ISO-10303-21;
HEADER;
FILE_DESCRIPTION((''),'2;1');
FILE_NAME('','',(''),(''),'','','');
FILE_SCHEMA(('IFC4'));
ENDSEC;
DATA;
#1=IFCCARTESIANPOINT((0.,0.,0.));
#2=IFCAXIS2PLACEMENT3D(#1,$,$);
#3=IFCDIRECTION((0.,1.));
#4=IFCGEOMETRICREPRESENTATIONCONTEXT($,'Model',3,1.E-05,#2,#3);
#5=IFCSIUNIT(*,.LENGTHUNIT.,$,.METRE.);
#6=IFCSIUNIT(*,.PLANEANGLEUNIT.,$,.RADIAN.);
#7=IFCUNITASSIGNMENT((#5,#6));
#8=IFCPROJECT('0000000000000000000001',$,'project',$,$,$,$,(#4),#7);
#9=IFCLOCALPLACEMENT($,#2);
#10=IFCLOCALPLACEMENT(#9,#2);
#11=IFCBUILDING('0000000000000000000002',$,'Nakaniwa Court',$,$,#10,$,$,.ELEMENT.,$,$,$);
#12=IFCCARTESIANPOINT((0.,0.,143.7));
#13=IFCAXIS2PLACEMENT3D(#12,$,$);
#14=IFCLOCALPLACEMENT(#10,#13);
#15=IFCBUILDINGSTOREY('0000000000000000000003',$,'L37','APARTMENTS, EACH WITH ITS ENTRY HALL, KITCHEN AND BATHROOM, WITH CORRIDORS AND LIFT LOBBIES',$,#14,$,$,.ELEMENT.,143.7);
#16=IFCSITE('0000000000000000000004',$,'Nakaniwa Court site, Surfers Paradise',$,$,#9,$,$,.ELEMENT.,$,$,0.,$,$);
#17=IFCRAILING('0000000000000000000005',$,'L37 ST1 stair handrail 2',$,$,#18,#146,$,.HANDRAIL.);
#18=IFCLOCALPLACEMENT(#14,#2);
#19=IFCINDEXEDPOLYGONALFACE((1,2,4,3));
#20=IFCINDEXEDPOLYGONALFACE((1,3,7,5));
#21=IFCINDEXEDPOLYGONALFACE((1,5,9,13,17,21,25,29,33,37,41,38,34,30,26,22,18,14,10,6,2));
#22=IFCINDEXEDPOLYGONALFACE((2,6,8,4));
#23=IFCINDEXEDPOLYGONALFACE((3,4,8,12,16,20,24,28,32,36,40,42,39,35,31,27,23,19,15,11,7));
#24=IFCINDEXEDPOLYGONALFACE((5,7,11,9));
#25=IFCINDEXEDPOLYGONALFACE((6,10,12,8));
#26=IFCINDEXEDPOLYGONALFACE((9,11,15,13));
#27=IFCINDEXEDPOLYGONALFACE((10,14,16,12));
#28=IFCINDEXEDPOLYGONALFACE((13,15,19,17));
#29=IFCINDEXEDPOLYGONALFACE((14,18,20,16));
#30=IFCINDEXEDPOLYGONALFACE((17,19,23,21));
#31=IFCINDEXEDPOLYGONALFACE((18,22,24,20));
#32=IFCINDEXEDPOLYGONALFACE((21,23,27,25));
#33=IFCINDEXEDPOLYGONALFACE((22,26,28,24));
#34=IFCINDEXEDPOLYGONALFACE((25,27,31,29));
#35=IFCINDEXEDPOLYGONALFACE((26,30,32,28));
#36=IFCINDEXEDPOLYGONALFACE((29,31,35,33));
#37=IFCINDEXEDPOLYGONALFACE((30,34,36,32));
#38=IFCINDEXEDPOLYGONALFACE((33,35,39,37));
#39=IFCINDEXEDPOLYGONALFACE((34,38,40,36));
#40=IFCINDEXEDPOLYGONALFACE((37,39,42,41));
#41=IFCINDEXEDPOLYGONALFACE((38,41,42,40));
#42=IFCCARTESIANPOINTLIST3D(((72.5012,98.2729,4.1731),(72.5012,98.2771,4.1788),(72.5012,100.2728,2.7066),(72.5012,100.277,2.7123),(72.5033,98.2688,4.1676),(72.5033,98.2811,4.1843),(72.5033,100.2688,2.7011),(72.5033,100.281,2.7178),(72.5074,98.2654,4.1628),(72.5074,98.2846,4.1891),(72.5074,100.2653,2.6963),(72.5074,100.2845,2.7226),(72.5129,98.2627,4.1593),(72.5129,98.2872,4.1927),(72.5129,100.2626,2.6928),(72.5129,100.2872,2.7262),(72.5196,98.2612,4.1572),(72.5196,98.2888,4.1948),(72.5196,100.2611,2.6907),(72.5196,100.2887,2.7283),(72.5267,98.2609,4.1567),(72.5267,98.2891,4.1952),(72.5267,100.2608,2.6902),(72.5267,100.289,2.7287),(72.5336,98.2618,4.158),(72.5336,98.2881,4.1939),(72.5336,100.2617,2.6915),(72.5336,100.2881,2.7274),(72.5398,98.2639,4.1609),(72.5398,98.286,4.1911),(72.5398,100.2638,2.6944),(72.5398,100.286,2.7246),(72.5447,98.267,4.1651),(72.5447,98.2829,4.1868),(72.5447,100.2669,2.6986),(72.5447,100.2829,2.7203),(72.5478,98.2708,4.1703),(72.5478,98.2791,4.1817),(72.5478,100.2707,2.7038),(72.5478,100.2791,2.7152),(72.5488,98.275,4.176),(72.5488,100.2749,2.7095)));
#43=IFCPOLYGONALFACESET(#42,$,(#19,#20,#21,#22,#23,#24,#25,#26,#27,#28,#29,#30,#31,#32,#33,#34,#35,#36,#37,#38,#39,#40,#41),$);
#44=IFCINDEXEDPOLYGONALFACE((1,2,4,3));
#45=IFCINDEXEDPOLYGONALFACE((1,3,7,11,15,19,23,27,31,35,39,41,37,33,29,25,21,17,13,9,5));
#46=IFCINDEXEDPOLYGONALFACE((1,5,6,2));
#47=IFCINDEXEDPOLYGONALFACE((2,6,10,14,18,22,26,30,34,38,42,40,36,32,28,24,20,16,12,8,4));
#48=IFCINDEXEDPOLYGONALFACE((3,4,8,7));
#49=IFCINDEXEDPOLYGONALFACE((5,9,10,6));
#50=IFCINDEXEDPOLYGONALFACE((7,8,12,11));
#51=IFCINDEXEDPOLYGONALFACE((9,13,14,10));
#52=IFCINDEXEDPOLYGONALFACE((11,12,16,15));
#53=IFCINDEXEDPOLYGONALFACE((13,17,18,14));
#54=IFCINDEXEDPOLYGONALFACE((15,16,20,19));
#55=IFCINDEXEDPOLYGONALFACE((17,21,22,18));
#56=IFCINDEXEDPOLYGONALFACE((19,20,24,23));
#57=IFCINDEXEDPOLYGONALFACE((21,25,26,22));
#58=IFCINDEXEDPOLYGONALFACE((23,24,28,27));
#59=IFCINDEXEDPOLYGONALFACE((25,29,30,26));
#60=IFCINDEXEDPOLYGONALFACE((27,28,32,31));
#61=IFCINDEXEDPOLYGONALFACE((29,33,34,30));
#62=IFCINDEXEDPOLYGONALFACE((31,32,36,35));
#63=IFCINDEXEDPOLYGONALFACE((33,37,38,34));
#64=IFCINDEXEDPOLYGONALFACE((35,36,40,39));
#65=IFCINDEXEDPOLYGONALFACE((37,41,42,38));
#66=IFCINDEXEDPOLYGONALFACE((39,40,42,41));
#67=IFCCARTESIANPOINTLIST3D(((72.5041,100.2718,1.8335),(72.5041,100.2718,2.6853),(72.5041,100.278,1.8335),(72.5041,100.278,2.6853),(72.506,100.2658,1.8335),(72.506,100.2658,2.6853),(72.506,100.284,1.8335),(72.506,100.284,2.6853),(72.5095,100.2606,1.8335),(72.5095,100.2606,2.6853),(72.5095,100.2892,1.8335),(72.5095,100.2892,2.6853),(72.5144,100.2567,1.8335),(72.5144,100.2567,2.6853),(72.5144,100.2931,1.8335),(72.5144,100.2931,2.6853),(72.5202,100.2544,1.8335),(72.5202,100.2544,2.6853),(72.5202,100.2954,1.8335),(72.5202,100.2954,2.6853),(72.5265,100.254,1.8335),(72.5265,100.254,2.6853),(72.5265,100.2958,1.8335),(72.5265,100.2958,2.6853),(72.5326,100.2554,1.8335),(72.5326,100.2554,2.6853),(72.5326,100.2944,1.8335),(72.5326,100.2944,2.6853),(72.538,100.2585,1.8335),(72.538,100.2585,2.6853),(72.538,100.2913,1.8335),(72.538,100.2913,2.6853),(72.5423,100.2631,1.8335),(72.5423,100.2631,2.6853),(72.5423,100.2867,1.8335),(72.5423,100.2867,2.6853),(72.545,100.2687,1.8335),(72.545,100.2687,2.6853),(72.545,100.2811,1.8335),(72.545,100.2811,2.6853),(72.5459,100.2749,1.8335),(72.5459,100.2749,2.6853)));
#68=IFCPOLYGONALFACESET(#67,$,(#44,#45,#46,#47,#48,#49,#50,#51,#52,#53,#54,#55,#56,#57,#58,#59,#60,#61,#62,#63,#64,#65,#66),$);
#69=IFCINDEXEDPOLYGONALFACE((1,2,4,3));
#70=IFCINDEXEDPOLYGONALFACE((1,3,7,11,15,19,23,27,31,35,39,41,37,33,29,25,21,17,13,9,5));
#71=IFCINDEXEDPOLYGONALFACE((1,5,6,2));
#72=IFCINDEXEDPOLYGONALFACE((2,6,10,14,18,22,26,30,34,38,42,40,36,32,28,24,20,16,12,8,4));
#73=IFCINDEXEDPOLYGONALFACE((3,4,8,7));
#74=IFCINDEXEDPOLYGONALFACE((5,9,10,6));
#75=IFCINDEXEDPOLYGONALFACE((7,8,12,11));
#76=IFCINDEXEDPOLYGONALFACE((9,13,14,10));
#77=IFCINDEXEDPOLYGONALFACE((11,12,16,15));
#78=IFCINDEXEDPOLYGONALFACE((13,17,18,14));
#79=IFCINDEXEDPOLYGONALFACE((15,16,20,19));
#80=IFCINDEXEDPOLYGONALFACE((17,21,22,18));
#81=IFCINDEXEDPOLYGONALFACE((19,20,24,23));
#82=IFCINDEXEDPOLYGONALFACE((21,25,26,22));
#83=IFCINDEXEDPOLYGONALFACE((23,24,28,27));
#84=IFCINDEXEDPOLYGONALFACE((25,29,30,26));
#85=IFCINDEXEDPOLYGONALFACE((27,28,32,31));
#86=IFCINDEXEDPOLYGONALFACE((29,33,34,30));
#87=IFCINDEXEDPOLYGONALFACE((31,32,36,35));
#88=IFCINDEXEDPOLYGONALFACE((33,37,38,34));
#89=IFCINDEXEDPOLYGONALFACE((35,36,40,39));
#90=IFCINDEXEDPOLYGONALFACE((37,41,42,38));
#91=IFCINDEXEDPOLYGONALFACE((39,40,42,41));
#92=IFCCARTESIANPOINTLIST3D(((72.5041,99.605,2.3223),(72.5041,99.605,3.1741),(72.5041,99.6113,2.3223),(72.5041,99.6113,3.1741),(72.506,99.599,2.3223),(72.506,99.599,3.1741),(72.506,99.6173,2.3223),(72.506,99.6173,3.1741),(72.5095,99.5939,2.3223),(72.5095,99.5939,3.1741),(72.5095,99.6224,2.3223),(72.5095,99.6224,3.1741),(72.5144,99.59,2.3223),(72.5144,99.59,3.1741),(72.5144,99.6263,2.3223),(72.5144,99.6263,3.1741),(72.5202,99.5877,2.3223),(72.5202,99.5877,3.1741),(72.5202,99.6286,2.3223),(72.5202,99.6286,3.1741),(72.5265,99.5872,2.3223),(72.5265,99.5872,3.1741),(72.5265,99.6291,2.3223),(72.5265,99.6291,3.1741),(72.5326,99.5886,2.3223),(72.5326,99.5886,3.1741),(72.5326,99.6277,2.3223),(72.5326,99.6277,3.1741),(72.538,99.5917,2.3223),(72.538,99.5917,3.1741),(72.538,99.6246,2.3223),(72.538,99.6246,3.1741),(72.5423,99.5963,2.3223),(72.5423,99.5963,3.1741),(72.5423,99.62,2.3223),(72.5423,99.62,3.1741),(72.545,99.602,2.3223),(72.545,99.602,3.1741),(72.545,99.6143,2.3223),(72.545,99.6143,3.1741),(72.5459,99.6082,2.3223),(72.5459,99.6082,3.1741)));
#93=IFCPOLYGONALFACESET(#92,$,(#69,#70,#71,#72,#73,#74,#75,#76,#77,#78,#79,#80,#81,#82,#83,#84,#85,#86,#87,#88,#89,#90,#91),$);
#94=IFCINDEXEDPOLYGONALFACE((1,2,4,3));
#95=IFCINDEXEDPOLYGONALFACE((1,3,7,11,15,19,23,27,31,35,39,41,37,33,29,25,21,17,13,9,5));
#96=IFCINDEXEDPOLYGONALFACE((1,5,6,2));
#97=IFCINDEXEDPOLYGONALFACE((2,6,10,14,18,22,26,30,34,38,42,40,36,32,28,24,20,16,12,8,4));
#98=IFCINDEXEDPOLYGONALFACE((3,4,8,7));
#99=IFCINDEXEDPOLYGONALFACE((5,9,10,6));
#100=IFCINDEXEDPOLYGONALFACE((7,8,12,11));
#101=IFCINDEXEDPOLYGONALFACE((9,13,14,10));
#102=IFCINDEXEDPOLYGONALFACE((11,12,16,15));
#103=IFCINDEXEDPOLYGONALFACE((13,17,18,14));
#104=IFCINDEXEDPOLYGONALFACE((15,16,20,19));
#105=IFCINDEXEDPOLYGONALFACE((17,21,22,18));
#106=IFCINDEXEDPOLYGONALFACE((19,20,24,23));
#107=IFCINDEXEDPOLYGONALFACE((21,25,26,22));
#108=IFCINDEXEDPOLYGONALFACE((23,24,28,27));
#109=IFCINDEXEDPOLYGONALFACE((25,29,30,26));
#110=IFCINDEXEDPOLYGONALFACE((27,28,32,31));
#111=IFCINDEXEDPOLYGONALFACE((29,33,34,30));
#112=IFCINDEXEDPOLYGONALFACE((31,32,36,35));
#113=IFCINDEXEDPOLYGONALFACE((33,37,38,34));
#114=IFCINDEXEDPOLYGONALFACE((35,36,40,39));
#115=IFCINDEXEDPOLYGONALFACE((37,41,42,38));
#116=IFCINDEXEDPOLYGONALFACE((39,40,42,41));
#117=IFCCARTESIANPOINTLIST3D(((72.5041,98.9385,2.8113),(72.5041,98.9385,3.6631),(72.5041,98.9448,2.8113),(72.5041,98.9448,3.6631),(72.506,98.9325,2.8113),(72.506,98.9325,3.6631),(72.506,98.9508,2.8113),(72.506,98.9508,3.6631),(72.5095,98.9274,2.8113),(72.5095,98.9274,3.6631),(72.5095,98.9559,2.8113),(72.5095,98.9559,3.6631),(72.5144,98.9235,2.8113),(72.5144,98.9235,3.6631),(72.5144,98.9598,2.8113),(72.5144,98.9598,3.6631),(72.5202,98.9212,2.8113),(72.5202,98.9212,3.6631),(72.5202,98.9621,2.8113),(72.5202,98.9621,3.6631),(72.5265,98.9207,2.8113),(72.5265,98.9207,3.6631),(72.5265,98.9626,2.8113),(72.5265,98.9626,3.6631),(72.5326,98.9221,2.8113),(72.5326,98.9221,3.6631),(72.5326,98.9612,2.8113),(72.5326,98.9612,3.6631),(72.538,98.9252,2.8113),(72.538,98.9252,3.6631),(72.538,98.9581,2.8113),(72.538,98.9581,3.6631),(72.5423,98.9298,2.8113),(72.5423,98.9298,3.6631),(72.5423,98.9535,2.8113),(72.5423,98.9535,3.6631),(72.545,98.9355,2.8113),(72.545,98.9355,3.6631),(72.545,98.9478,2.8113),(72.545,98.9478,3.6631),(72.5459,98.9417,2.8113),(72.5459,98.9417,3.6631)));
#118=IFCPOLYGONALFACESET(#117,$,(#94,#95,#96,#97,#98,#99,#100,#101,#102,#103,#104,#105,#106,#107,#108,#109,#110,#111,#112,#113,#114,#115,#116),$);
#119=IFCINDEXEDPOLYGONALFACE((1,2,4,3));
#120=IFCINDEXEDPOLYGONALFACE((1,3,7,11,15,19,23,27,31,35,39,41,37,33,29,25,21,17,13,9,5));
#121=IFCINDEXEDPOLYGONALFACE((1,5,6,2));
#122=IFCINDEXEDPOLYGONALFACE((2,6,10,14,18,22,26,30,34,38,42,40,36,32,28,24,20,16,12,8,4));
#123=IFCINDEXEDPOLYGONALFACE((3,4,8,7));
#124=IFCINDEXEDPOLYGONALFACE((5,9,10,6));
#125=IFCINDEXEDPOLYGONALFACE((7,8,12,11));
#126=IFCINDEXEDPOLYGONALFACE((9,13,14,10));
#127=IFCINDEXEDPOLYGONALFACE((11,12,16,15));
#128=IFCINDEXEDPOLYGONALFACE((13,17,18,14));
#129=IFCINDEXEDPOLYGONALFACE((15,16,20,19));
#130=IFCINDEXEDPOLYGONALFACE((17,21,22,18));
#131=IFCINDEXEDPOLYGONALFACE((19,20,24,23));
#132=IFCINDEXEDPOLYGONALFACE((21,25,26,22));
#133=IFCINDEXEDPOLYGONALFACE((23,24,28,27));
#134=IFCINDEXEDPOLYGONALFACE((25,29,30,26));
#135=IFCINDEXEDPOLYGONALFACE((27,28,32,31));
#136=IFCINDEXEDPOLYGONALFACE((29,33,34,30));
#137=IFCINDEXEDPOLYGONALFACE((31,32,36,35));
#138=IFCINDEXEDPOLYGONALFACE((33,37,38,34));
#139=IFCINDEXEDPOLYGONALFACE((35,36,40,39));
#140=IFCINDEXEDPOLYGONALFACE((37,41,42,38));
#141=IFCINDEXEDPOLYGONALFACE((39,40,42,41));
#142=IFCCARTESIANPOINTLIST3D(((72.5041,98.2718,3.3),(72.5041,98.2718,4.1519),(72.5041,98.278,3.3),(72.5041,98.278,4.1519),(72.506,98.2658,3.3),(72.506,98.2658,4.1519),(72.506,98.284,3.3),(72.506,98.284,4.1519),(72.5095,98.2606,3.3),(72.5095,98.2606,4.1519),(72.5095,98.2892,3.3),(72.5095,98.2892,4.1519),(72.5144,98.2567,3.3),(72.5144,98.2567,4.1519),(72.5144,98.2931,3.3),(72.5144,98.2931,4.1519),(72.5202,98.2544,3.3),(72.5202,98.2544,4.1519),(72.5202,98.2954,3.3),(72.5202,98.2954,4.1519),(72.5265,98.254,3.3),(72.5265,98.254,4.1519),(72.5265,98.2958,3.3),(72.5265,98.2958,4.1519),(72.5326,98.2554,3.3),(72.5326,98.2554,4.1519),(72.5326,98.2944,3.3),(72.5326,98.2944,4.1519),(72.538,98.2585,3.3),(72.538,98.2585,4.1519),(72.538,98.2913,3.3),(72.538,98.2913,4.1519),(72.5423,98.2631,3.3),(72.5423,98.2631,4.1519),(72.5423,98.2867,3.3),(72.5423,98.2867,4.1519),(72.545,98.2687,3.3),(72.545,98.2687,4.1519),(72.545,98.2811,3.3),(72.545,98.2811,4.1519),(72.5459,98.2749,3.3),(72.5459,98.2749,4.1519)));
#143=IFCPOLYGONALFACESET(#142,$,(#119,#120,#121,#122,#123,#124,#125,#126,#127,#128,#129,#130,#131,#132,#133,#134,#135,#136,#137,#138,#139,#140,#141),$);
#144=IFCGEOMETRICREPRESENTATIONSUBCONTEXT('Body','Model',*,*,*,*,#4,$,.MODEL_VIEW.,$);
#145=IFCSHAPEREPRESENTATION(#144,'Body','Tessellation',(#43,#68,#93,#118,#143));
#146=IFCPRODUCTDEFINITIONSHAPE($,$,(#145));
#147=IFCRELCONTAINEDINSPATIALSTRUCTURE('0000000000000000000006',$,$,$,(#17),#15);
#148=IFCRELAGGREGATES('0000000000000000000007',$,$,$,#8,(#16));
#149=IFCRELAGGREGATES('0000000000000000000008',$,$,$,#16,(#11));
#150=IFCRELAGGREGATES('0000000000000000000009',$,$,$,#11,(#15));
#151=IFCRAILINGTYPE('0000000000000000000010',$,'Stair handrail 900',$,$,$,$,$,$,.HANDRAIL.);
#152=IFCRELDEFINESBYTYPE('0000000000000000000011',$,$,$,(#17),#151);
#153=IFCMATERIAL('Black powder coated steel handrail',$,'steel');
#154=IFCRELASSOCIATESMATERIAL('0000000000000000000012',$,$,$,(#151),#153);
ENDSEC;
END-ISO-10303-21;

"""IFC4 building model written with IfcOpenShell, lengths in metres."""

from ifc_helpers import new_model, si_unit, direction, frame, origin, origin_2d, place, context, subcontext, project, spatial, circle, extrude, material, type_object, element, save


model = new_model("IFC4")

# Units and contexts
model_context = context("Model", 3, precision=1e-05, world=origin(), true_north=direction((0.0, 1.0)))
body_context = subcontext(model_context, "Body", "Model", "MODEL_VIEW")
ifc_project = project(units=[si_unit("LENGTHUNIT", "METRE"), si_unit("PLANEANGLEUNIT", "RADIAN")], contexts=[model_context])

# Site, building, storey
site_placement = place(None, origin())
site = spatial("IfcSite", under=ifc_project, at=site_placement, Name="Nakaniwa Court site, Surfers Paradise", CompositionType="ELEMENT", RefElevation=0.0)
building_placement = place(site_placement, origin())
building = spatial("IfcBuilding", under=site, at=building_placement, Name="Nakaniwa Court", CompositionType="ELEMENT")
storey_placement = place(building_placement, frame((0.0, 0.0, 143.7)))
storey = spatial("IfcBuildingStorey", under=building, at=storey_placement, Name="L37", Description="APARTMENTS, EACH WITH ITS ENTRY HALL, KITCHEN AND BATHROOM, WITH CORRIDORS AND LIFT LOBBIES", CompositionType="ELEMENT", Elevation=143.7)

# Railing
ifc_material_1 = material(Name="Black powder coated steel handrail", Category="steel")
railing_type_1 = type_object("IfcRailingType", Name="Stair handrail 900", PredefinedType="HANDRAIL", material=ifc_material_1)
railing_1_placement = place(storey_placement, frame((72.5249, 100.2749, 1.8335)))
element("IfcRailing", 1, at=railing_1_placement, inside=storey, type_object=railing_type_1, Name="L37 ST1 stair handrail 2", PredefinedType="HANDRAIL", context=body_context, shape_type="SweptSolid", body=[
    extrude(circle(Radius=0.0239, at=origin_2d()), frame((0.0, 0.0, 0.876), z_axis=(0.0, -0.806427, 0.591334), x_axis=(1.0, 0.0, 0.0)), (0.0, 0.0, 1.0), 2.48),
    extrude(circle(Radius=0.021, at=origin_2d()), origin(), (0.0, 0.0, 1.0), 0.8518),
    extrude(circle(Radius=0.021, at=origin_2d()), frame((0.0, -0.6667, 0.4888)), (0.0, 0.0, 1.0), 0.8518),
    extrude(circle(Radius=0.021, at=origin_2d()), frame((0.0, -1.3333, 0.9778)), (0.0, 0.0, 1.0), 0.8518),
    extrude(circle(Radius=0.021, at=origin_2d()), frame((0.0, -2.0, 1.4666)), (0.0, 0.0, 1.0), 0.8518),
])

save(model, "model.ifc")
